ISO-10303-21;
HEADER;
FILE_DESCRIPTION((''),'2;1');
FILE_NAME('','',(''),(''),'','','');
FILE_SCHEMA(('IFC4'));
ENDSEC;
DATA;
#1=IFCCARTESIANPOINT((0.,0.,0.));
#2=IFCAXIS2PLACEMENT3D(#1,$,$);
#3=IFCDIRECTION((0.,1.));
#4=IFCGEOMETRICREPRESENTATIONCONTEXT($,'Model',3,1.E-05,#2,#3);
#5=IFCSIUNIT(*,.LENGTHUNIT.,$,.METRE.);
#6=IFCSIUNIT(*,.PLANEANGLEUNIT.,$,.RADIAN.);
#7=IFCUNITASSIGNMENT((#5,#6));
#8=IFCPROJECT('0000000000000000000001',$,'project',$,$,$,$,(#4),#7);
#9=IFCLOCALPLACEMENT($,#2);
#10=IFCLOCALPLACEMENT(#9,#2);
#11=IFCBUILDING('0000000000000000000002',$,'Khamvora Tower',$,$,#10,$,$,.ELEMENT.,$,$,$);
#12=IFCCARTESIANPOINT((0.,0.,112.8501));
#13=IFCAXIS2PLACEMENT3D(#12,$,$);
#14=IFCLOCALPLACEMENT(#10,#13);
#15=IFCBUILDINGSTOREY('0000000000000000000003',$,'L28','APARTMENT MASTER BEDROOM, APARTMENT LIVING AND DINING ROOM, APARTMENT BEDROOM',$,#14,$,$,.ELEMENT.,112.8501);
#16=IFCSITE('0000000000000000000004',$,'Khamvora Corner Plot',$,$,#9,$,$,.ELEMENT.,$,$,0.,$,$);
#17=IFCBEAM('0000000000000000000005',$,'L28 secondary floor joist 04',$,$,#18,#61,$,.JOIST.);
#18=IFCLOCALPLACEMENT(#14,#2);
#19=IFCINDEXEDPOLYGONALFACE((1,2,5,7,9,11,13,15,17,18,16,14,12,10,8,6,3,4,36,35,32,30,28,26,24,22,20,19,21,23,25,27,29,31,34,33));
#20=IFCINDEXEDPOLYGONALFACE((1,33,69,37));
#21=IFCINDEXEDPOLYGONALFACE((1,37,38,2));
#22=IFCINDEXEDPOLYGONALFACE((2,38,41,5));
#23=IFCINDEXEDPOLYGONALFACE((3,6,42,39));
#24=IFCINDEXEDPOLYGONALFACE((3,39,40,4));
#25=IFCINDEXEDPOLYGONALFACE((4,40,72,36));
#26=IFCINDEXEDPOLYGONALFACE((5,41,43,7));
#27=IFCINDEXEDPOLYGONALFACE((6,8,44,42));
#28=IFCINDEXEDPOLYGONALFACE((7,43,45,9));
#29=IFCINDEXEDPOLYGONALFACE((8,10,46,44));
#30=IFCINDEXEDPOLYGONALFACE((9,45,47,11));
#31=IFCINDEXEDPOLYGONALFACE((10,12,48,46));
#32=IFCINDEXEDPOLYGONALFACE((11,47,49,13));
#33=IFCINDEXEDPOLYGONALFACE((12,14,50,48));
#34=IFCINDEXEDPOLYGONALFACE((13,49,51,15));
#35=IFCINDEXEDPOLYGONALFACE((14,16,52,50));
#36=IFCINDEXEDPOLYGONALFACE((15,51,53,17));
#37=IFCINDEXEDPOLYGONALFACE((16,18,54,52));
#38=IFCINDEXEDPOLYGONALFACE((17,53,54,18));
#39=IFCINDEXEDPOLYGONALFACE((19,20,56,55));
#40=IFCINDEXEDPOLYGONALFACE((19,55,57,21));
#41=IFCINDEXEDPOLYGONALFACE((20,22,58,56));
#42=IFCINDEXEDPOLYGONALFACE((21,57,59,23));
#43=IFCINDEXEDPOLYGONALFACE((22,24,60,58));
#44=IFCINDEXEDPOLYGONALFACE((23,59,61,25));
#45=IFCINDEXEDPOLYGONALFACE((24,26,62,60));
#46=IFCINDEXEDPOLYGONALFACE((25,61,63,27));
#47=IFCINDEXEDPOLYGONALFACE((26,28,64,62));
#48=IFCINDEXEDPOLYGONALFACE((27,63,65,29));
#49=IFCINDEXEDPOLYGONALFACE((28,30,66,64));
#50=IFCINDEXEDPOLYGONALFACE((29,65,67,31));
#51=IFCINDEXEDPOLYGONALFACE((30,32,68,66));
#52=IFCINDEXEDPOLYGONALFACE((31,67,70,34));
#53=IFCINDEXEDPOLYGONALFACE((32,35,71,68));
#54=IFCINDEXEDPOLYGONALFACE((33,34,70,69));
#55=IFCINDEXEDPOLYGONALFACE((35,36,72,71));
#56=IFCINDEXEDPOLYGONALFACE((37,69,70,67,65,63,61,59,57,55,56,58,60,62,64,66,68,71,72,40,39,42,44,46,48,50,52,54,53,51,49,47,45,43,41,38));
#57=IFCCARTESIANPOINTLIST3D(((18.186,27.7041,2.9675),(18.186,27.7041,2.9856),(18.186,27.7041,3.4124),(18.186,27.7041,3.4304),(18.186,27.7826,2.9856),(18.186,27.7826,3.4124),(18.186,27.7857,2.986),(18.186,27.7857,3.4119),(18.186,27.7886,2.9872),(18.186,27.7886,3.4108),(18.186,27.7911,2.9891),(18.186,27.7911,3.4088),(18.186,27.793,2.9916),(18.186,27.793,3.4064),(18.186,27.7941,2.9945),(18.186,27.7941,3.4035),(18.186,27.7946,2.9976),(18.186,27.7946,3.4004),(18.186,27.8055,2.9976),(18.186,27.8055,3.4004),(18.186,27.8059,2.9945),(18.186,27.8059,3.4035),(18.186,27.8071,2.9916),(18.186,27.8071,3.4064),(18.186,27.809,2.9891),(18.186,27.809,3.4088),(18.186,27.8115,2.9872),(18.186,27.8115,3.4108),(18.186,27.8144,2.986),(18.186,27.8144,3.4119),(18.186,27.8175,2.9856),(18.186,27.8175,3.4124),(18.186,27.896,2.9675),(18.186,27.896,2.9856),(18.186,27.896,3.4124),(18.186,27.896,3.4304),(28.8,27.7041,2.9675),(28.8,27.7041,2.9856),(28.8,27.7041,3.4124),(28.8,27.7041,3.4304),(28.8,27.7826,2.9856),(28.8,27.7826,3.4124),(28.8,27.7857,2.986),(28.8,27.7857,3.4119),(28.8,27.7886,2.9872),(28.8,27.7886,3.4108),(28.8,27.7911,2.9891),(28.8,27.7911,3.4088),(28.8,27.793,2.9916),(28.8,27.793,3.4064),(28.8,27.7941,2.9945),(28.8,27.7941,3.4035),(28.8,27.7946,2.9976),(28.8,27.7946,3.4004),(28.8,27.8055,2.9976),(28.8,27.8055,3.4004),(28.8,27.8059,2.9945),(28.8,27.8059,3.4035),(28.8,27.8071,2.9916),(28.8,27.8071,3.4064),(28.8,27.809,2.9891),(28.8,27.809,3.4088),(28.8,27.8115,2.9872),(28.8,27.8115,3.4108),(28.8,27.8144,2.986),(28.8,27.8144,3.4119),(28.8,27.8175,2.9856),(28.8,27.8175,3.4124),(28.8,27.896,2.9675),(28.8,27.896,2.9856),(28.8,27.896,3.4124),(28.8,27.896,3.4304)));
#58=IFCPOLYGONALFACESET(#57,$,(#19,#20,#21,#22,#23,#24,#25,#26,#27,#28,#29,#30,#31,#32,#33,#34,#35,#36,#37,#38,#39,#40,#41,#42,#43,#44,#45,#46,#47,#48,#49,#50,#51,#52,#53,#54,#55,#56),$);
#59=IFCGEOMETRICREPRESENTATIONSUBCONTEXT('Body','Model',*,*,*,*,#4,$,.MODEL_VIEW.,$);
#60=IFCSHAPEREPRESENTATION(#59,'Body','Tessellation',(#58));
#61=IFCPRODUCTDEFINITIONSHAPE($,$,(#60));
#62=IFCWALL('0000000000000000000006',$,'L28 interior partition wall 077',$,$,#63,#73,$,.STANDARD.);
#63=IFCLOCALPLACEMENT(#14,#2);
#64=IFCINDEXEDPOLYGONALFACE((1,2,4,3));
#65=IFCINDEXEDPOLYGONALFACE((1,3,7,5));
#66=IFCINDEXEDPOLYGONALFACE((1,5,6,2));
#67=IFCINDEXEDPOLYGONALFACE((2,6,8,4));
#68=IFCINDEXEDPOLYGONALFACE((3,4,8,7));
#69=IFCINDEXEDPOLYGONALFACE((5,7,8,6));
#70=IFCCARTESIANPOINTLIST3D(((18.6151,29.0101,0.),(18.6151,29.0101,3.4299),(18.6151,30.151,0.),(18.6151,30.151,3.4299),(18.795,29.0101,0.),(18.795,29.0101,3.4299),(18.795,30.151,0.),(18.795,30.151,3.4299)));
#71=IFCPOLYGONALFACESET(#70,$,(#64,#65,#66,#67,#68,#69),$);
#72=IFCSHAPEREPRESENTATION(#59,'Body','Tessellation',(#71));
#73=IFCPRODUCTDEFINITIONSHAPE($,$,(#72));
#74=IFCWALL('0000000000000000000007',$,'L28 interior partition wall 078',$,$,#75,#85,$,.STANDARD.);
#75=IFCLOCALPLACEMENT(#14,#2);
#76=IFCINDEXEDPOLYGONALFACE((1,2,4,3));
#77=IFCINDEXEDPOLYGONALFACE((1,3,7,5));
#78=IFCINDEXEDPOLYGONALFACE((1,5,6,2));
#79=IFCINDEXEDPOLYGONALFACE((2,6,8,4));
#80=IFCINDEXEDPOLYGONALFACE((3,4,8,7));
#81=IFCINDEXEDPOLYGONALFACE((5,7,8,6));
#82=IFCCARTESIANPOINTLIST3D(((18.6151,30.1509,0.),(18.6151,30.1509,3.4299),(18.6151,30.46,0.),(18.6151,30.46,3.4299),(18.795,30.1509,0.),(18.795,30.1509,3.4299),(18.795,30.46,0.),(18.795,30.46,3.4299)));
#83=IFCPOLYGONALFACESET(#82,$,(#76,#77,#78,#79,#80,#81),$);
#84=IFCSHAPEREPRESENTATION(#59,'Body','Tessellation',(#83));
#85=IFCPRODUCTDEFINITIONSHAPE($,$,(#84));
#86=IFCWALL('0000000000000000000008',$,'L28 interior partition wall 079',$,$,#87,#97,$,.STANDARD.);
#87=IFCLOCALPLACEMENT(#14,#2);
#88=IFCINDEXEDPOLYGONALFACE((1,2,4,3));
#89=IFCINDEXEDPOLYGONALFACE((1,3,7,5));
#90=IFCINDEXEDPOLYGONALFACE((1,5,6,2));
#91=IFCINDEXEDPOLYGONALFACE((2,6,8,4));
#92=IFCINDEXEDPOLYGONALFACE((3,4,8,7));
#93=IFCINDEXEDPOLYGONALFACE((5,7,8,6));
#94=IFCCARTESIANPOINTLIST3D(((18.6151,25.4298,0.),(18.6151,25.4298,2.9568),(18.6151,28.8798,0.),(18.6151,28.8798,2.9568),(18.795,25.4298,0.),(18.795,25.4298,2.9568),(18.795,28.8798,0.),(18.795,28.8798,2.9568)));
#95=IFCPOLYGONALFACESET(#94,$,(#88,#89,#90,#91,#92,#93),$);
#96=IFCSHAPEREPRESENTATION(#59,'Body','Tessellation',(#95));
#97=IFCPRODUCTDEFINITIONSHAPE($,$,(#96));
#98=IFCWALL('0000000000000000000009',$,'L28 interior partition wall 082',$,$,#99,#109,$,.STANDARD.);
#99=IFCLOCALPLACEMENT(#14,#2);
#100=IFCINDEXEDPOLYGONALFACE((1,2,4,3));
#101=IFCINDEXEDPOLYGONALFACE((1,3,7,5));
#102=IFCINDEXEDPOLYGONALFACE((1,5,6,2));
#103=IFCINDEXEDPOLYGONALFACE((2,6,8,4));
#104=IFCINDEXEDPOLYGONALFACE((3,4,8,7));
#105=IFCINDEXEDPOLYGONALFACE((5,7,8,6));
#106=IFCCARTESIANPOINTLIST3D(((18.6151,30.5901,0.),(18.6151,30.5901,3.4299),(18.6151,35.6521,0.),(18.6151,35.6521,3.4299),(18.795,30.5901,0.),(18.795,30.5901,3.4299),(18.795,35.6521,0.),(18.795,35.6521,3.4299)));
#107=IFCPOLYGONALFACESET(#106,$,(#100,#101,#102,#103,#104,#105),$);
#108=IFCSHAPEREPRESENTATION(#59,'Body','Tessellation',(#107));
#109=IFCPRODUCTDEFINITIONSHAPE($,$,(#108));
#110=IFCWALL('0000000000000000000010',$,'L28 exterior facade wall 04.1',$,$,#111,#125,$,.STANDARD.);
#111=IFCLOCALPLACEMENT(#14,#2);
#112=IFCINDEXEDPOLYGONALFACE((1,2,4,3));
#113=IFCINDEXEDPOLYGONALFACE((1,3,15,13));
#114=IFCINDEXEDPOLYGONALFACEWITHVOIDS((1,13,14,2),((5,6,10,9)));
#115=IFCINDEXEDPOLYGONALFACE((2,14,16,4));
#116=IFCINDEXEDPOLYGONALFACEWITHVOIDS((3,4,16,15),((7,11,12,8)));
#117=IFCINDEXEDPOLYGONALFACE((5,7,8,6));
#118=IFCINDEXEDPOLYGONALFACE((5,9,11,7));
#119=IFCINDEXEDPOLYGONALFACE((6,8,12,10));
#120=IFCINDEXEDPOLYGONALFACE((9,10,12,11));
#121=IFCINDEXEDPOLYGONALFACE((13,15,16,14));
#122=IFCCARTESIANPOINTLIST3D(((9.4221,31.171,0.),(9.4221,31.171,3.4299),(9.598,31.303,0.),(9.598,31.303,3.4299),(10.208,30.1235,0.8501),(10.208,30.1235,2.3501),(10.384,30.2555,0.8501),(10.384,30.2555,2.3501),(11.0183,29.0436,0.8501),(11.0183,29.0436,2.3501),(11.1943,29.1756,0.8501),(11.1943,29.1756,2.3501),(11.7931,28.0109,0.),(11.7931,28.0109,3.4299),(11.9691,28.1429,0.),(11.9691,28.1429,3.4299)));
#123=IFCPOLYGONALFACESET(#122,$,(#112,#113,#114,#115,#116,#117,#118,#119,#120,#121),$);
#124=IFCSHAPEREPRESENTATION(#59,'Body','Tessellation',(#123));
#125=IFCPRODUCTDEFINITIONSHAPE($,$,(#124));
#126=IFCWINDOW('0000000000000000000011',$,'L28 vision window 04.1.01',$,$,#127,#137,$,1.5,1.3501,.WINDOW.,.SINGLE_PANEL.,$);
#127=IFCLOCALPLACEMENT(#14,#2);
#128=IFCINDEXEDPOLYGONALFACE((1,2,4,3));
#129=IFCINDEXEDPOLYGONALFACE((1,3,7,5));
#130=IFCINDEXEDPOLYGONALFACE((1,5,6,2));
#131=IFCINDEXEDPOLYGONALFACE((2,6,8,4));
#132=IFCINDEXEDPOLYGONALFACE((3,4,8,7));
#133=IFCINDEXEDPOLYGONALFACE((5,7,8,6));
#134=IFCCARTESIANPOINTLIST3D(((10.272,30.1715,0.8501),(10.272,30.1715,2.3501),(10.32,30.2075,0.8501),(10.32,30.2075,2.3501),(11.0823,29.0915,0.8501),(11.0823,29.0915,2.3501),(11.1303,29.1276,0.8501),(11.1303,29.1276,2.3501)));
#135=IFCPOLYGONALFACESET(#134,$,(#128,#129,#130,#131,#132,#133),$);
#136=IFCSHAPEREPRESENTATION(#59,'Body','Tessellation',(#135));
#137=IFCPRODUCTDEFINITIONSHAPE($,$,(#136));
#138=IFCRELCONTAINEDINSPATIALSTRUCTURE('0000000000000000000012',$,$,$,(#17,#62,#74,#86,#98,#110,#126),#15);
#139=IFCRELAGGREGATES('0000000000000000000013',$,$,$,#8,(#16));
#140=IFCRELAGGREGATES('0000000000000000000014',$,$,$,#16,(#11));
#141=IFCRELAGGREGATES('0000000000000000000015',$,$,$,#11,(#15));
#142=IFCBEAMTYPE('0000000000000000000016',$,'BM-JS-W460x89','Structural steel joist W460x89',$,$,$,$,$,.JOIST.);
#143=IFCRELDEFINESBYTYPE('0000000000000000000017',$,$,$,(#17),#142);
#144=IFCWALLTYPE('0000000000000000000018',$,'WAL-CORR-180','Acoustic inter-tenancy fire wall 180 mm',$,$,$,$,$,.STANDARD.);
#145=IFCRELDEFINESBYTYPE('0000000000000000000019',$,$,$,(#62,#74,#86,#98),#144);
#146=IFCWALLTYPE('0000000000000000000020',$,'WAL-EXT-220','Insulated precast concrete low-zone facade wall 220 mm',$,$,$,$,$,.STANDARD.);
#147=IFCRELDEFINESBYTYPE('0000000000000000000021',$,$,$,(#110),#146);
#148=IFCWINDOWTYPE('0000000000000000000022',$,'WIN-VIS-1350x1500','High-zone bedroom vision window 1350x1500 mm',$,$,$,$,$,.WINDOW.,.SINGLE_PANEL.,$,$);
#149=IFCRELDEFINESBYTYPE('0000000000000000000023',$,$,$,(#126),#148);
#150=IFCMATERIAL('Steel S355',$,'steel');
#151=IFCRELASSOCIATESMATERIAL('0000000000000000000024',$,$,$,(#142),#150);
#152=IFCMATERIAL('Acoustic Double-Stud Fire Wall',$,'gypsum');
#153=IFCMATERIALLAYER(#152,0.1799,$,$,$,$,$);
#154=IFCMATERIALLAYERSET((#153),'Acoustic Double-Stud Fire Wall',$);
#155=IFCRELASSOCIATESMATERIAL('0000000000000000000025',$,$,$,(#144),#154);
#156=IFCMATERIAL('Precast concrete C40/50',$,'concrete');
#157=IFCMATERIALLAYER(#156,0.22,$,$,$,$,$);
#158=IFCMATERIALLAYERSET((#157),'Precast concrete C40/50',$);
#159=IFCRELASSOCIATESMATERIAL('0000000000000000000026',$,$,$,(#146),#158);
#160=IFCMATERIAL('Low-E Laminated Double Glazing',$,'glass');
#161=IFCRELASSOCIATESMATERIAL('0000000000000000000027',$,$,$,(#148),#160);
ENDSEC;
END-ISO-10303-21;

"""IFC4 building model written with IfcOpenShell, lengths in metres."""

from ifc_helpers import new_model, si_unit, direction, frame, frame_2d, origin, origin_2d, place, context, subcontext, project, spatial, rectangle, i_section, extrude, material, layer, layer_set, material_profile, profile_set, type_object, element, fill, save


model = new_model("IFC4")

# Units and contexts
model_context = context("Model", 3, precision=1e-05, world=origin(), true_north=direction((0.0, 1.0)))
body_context = subcontext(model_context, "Body", "Model", "MODEL_VIEW")
ifc_project = project(units=[si_unit("LENGTHUNIT", "METRE"), si_unit("PLANEANGLEUNIT", "RADIAN")], contexts=[model_context])

# Site, building, storey
site_placement = place(None, origin())
site = spatial("IfcSite", under=ifc_project, at=site_placement, Name="Khamvora Corner Plot", CompositionType="ELEMENT", RefElevation=0.0)
building_placement = place(site_placement, origin())
building = spatial("IfcBuilding", under=site, at=building_placement, Name="Khamvora Tower", CompositionType="ELEMENT")
storey_placement = place(building_placement, frame((0.0, 0.0, 112.8501)))
storey = spatial("IfcBuildingStorey", under=building, at=storey_placement, Name="L28", Description="APARTMENT MASTER BEDROOM, APARTMENT LIVING AND DINING ROOM, APARTMENT BEDROOM", CompositionType="ELEMENT", Elevation=112.8501)

# Beam
ifc_material_1 = material(Name="Steel S355", Category="steel")
ifc_material_profile = material_profile(ifc_material_1, i_section(OverallWidth=0.1919, OverallDepth=0.4629, WebThickness=0.011, FlangeThickness=0.0181, FilletRadius=0.012, at=origin_2d()), Name="W460x89")
ifc_profile_set = profile_set([ifc_material_profile], Name="Steel S355")
beam_type = type_object("IfcBeamType", Name="BM-JS-W460x89", Description="Structural steel joist W460x89", PredefinedType="JOIST", material=ifc_profile_set)
beam_placement = place(storey_placement, frame((18.186, 27.8, 3.199), z_axis=(1.0, 0.0, 0.0), x_axis=(0.0, 1.0, 0.0)))
element("IfcBeam", 1, at=beam_placement, inside=storey, type_object=beam_type, Name="L28 secondary floor joist 04", PredefinedType="JOIST", context=body_context, shape_type="SweptSolid", body=[
    extrude(i_section(OverallWidth=0.1919, OverallDepth=0.4629, WebThickness=0.011, FlangeThickness=0.0181, FilletRadius=0.012, at=origin_2d()), origin(), (0.0, 0.0, 1.0), 10.614),
])

# Walls
ifc_material_2 = material(Name="Acoustic Double-Stud Fire Wall", Category="gypsum")
ifc_layer_1 = layer(ifc_material_2, 0.1799)
ifc_layer_set_1 = layer_set([ifc_layer_1], Name="Acoustic Double-Stud Fire Wall")
wall_type_1 = type_object("IfcWallType", Name="WAL-CORR-180", Description="Acoustic inter-tenancy fire wall 180 mm", PredefinedType="STANDARD", material=ifc_layer_set_1)
wall_1_placement = place(storey_placement, frame((18.7051, 30.1509, 0.0), z_axis=(0.0, 0.0, 1.0), x_axis=(0.0, -1.0, 0.0)))
element("IfcWall", 2, at=wall_1_placement, inside=storey, type_object=wall_type_1, Name="L28 interior partition wall 077", PredefinedType="STANDARD", context=body_context, shape_type="SweptSolid", body=[
    extrude(rectangle(XDim=1.1409, YDim=0.1799, at=frame_2d((0.5703, 0.0))), origin(), (0.0, 0.0, 1.0), 3.4299),
])
wall_2_placement = place(storey_placement, frame((18.7051, 30.46, 0.0), z_axis=(0.0, 0.0, 1.0), x_axis=(0.0, -1.0, 0.0)))
element("IfcWall", 3, at=wall_2_placement, inside=storey, type_object=wall_type_1, Name="L28 interior partition wall 078", PredefinedType="STANDARD", context=body_context, shape_type="SweptSolid", body=[
    extrude(rectangle(XDim=0.3091, YDim=0.1799, at=frame_2d((0.1545, 0.0))), origin(), (0.0, 0.0, 1.0), 3.4299),
])
wall_3_placement = place(storey_placement, frame((18.7051, 28.8799, 0.0), z_axis=(0.0, 0.0, 1.0), x_axis=(0.0, -1.0, 0.0)))
element("IfcWall", 4, at=wall_3_placement, inside=storey, type_object=wall_type_1, Name="L28 interior partition wall 079", PredefinedType="STANDARD", context=body_context, shape_type="SweptSolid", body=[
    extrude(rectangle(XDim=3.45, YDim=0.1799, at=frame_2d((1.7251, 0.0))), origin(), (0.0, 0.0, 1.0), 2.9568),
])
wall_4_placement = place(storey_placement, frame((18.7051, 35.6521, 0.0), z_axis=(0.0, 0.0, 1.0), x_axis=(0.0, -1.0, 0.0)))
element("IfcWall", 5, at=wall_4_placement, inside=storey, type_object=wall_type_1, Name="L28 interior partition wall 082", PredefinedType="STANDARD", context=body_context, shape_type="SweptSolid", body=[
    extrude(rectangle(XDim=5.062, YDim=0.1799, at=frame_2d((2.531, 0.0))), origin(), (0.0, 0.0, 1.0), 3.4299),
])

# Wall, opening, window
ifc_material_3 = material(Name="Precast concrete C40/50", Category="concrete")
ifc_layer_2 = layer(ifc_material_3, 0.22)
ifc_layer_set_2 = layer_set([ifc_layer_2], Name="Precast concrete C40/50")
wall_type_2 = type_object("IfcWallType", Name="WAL-EXT-220", Description="Insulated precast concrete low-zone facade wall 220 mm", PredefinedType="STANDARD", material=ifc_layer_set_2)
wall_5_placement = place(storey_placement, frame((11.8811, 28.0769, 0.0), z_axis=(0.0, 0.0, 1.0), x_axis=(-0.600158, 0.799881, 0.0)))
wall_5 = element("IfcWall", 6, at=wall_5_placement, inside=storey, type_object=wall_type_2, Name="L28 exterior facade wall 04.1", PredefinedType="STANDARD", context=body_context, shape_type="SweptSolid", body=[
    extrude(rectangle(XDim=3.9507, YDim=0.22, at=frame_2d((1.9753, 0.0))), origin(), (0.0, 0.0, 1.0), 3.4299),
])
opening_1_placement = place(wall_5_placement, frame((1.291, 0.0, 0.8501)))
opening_1 = element("IfcOpeningElement", 7, at=opening_1_placement, cuts=wall_5, PredefinedType="OPENING", context=body_context, shape_type="SweptSolid", body=[
    extrude(rectangle(XDim=1.3501, YDim=1.5, at=frame_2d((0.675, 0.75))), frame((0.0, 0.1199, 0.0), z_axis=(0.0, -1.0, 0.0), x_axis=(1.0, 0.0, 0.0)), (0.0, 0.0, 1.0), 0.24),
])
ifc_material_4 = material(Name="Low-E Laminated Double Glazing", Category="glass")
window_type_1 = type_object("IfcWindowType", Name="WIN-VIS-1350x1500", Description="High-zone bedroom vision window 1350x1500 mm", PartitioningType="SINGLE_PANEL", PredefinedType="WINDOW", material=ifc_material_4)
window_1_placement = place(opening_1_placement, origin())
window_1 = element("IfcWindow", 8, at=window_1_placement, inside=storey, type_object=window_type_1, Name="L28 vision window 04.1.01", OverallHeight=1.5, OverallWidth=1.3501, PartitioningType="SINGLE_PANEL", PredefinedType="WINDOW", context=body_context, shape_type="SweptSolid", body=[
    extrude(rectangle(XDim=1.3501, YDim=1.5, at=frame_2d((0.675, 0.75))), frame((0.0, 0.03, 0.0), z_axis=(0.0, -1.0, 0.0), x_axis=(1.0, 0.0, 0.0)), (0.0, 0.0, 1.0), 0.0601),
])
fill(opening_1, window_1)

save(model, "model.ifc")
